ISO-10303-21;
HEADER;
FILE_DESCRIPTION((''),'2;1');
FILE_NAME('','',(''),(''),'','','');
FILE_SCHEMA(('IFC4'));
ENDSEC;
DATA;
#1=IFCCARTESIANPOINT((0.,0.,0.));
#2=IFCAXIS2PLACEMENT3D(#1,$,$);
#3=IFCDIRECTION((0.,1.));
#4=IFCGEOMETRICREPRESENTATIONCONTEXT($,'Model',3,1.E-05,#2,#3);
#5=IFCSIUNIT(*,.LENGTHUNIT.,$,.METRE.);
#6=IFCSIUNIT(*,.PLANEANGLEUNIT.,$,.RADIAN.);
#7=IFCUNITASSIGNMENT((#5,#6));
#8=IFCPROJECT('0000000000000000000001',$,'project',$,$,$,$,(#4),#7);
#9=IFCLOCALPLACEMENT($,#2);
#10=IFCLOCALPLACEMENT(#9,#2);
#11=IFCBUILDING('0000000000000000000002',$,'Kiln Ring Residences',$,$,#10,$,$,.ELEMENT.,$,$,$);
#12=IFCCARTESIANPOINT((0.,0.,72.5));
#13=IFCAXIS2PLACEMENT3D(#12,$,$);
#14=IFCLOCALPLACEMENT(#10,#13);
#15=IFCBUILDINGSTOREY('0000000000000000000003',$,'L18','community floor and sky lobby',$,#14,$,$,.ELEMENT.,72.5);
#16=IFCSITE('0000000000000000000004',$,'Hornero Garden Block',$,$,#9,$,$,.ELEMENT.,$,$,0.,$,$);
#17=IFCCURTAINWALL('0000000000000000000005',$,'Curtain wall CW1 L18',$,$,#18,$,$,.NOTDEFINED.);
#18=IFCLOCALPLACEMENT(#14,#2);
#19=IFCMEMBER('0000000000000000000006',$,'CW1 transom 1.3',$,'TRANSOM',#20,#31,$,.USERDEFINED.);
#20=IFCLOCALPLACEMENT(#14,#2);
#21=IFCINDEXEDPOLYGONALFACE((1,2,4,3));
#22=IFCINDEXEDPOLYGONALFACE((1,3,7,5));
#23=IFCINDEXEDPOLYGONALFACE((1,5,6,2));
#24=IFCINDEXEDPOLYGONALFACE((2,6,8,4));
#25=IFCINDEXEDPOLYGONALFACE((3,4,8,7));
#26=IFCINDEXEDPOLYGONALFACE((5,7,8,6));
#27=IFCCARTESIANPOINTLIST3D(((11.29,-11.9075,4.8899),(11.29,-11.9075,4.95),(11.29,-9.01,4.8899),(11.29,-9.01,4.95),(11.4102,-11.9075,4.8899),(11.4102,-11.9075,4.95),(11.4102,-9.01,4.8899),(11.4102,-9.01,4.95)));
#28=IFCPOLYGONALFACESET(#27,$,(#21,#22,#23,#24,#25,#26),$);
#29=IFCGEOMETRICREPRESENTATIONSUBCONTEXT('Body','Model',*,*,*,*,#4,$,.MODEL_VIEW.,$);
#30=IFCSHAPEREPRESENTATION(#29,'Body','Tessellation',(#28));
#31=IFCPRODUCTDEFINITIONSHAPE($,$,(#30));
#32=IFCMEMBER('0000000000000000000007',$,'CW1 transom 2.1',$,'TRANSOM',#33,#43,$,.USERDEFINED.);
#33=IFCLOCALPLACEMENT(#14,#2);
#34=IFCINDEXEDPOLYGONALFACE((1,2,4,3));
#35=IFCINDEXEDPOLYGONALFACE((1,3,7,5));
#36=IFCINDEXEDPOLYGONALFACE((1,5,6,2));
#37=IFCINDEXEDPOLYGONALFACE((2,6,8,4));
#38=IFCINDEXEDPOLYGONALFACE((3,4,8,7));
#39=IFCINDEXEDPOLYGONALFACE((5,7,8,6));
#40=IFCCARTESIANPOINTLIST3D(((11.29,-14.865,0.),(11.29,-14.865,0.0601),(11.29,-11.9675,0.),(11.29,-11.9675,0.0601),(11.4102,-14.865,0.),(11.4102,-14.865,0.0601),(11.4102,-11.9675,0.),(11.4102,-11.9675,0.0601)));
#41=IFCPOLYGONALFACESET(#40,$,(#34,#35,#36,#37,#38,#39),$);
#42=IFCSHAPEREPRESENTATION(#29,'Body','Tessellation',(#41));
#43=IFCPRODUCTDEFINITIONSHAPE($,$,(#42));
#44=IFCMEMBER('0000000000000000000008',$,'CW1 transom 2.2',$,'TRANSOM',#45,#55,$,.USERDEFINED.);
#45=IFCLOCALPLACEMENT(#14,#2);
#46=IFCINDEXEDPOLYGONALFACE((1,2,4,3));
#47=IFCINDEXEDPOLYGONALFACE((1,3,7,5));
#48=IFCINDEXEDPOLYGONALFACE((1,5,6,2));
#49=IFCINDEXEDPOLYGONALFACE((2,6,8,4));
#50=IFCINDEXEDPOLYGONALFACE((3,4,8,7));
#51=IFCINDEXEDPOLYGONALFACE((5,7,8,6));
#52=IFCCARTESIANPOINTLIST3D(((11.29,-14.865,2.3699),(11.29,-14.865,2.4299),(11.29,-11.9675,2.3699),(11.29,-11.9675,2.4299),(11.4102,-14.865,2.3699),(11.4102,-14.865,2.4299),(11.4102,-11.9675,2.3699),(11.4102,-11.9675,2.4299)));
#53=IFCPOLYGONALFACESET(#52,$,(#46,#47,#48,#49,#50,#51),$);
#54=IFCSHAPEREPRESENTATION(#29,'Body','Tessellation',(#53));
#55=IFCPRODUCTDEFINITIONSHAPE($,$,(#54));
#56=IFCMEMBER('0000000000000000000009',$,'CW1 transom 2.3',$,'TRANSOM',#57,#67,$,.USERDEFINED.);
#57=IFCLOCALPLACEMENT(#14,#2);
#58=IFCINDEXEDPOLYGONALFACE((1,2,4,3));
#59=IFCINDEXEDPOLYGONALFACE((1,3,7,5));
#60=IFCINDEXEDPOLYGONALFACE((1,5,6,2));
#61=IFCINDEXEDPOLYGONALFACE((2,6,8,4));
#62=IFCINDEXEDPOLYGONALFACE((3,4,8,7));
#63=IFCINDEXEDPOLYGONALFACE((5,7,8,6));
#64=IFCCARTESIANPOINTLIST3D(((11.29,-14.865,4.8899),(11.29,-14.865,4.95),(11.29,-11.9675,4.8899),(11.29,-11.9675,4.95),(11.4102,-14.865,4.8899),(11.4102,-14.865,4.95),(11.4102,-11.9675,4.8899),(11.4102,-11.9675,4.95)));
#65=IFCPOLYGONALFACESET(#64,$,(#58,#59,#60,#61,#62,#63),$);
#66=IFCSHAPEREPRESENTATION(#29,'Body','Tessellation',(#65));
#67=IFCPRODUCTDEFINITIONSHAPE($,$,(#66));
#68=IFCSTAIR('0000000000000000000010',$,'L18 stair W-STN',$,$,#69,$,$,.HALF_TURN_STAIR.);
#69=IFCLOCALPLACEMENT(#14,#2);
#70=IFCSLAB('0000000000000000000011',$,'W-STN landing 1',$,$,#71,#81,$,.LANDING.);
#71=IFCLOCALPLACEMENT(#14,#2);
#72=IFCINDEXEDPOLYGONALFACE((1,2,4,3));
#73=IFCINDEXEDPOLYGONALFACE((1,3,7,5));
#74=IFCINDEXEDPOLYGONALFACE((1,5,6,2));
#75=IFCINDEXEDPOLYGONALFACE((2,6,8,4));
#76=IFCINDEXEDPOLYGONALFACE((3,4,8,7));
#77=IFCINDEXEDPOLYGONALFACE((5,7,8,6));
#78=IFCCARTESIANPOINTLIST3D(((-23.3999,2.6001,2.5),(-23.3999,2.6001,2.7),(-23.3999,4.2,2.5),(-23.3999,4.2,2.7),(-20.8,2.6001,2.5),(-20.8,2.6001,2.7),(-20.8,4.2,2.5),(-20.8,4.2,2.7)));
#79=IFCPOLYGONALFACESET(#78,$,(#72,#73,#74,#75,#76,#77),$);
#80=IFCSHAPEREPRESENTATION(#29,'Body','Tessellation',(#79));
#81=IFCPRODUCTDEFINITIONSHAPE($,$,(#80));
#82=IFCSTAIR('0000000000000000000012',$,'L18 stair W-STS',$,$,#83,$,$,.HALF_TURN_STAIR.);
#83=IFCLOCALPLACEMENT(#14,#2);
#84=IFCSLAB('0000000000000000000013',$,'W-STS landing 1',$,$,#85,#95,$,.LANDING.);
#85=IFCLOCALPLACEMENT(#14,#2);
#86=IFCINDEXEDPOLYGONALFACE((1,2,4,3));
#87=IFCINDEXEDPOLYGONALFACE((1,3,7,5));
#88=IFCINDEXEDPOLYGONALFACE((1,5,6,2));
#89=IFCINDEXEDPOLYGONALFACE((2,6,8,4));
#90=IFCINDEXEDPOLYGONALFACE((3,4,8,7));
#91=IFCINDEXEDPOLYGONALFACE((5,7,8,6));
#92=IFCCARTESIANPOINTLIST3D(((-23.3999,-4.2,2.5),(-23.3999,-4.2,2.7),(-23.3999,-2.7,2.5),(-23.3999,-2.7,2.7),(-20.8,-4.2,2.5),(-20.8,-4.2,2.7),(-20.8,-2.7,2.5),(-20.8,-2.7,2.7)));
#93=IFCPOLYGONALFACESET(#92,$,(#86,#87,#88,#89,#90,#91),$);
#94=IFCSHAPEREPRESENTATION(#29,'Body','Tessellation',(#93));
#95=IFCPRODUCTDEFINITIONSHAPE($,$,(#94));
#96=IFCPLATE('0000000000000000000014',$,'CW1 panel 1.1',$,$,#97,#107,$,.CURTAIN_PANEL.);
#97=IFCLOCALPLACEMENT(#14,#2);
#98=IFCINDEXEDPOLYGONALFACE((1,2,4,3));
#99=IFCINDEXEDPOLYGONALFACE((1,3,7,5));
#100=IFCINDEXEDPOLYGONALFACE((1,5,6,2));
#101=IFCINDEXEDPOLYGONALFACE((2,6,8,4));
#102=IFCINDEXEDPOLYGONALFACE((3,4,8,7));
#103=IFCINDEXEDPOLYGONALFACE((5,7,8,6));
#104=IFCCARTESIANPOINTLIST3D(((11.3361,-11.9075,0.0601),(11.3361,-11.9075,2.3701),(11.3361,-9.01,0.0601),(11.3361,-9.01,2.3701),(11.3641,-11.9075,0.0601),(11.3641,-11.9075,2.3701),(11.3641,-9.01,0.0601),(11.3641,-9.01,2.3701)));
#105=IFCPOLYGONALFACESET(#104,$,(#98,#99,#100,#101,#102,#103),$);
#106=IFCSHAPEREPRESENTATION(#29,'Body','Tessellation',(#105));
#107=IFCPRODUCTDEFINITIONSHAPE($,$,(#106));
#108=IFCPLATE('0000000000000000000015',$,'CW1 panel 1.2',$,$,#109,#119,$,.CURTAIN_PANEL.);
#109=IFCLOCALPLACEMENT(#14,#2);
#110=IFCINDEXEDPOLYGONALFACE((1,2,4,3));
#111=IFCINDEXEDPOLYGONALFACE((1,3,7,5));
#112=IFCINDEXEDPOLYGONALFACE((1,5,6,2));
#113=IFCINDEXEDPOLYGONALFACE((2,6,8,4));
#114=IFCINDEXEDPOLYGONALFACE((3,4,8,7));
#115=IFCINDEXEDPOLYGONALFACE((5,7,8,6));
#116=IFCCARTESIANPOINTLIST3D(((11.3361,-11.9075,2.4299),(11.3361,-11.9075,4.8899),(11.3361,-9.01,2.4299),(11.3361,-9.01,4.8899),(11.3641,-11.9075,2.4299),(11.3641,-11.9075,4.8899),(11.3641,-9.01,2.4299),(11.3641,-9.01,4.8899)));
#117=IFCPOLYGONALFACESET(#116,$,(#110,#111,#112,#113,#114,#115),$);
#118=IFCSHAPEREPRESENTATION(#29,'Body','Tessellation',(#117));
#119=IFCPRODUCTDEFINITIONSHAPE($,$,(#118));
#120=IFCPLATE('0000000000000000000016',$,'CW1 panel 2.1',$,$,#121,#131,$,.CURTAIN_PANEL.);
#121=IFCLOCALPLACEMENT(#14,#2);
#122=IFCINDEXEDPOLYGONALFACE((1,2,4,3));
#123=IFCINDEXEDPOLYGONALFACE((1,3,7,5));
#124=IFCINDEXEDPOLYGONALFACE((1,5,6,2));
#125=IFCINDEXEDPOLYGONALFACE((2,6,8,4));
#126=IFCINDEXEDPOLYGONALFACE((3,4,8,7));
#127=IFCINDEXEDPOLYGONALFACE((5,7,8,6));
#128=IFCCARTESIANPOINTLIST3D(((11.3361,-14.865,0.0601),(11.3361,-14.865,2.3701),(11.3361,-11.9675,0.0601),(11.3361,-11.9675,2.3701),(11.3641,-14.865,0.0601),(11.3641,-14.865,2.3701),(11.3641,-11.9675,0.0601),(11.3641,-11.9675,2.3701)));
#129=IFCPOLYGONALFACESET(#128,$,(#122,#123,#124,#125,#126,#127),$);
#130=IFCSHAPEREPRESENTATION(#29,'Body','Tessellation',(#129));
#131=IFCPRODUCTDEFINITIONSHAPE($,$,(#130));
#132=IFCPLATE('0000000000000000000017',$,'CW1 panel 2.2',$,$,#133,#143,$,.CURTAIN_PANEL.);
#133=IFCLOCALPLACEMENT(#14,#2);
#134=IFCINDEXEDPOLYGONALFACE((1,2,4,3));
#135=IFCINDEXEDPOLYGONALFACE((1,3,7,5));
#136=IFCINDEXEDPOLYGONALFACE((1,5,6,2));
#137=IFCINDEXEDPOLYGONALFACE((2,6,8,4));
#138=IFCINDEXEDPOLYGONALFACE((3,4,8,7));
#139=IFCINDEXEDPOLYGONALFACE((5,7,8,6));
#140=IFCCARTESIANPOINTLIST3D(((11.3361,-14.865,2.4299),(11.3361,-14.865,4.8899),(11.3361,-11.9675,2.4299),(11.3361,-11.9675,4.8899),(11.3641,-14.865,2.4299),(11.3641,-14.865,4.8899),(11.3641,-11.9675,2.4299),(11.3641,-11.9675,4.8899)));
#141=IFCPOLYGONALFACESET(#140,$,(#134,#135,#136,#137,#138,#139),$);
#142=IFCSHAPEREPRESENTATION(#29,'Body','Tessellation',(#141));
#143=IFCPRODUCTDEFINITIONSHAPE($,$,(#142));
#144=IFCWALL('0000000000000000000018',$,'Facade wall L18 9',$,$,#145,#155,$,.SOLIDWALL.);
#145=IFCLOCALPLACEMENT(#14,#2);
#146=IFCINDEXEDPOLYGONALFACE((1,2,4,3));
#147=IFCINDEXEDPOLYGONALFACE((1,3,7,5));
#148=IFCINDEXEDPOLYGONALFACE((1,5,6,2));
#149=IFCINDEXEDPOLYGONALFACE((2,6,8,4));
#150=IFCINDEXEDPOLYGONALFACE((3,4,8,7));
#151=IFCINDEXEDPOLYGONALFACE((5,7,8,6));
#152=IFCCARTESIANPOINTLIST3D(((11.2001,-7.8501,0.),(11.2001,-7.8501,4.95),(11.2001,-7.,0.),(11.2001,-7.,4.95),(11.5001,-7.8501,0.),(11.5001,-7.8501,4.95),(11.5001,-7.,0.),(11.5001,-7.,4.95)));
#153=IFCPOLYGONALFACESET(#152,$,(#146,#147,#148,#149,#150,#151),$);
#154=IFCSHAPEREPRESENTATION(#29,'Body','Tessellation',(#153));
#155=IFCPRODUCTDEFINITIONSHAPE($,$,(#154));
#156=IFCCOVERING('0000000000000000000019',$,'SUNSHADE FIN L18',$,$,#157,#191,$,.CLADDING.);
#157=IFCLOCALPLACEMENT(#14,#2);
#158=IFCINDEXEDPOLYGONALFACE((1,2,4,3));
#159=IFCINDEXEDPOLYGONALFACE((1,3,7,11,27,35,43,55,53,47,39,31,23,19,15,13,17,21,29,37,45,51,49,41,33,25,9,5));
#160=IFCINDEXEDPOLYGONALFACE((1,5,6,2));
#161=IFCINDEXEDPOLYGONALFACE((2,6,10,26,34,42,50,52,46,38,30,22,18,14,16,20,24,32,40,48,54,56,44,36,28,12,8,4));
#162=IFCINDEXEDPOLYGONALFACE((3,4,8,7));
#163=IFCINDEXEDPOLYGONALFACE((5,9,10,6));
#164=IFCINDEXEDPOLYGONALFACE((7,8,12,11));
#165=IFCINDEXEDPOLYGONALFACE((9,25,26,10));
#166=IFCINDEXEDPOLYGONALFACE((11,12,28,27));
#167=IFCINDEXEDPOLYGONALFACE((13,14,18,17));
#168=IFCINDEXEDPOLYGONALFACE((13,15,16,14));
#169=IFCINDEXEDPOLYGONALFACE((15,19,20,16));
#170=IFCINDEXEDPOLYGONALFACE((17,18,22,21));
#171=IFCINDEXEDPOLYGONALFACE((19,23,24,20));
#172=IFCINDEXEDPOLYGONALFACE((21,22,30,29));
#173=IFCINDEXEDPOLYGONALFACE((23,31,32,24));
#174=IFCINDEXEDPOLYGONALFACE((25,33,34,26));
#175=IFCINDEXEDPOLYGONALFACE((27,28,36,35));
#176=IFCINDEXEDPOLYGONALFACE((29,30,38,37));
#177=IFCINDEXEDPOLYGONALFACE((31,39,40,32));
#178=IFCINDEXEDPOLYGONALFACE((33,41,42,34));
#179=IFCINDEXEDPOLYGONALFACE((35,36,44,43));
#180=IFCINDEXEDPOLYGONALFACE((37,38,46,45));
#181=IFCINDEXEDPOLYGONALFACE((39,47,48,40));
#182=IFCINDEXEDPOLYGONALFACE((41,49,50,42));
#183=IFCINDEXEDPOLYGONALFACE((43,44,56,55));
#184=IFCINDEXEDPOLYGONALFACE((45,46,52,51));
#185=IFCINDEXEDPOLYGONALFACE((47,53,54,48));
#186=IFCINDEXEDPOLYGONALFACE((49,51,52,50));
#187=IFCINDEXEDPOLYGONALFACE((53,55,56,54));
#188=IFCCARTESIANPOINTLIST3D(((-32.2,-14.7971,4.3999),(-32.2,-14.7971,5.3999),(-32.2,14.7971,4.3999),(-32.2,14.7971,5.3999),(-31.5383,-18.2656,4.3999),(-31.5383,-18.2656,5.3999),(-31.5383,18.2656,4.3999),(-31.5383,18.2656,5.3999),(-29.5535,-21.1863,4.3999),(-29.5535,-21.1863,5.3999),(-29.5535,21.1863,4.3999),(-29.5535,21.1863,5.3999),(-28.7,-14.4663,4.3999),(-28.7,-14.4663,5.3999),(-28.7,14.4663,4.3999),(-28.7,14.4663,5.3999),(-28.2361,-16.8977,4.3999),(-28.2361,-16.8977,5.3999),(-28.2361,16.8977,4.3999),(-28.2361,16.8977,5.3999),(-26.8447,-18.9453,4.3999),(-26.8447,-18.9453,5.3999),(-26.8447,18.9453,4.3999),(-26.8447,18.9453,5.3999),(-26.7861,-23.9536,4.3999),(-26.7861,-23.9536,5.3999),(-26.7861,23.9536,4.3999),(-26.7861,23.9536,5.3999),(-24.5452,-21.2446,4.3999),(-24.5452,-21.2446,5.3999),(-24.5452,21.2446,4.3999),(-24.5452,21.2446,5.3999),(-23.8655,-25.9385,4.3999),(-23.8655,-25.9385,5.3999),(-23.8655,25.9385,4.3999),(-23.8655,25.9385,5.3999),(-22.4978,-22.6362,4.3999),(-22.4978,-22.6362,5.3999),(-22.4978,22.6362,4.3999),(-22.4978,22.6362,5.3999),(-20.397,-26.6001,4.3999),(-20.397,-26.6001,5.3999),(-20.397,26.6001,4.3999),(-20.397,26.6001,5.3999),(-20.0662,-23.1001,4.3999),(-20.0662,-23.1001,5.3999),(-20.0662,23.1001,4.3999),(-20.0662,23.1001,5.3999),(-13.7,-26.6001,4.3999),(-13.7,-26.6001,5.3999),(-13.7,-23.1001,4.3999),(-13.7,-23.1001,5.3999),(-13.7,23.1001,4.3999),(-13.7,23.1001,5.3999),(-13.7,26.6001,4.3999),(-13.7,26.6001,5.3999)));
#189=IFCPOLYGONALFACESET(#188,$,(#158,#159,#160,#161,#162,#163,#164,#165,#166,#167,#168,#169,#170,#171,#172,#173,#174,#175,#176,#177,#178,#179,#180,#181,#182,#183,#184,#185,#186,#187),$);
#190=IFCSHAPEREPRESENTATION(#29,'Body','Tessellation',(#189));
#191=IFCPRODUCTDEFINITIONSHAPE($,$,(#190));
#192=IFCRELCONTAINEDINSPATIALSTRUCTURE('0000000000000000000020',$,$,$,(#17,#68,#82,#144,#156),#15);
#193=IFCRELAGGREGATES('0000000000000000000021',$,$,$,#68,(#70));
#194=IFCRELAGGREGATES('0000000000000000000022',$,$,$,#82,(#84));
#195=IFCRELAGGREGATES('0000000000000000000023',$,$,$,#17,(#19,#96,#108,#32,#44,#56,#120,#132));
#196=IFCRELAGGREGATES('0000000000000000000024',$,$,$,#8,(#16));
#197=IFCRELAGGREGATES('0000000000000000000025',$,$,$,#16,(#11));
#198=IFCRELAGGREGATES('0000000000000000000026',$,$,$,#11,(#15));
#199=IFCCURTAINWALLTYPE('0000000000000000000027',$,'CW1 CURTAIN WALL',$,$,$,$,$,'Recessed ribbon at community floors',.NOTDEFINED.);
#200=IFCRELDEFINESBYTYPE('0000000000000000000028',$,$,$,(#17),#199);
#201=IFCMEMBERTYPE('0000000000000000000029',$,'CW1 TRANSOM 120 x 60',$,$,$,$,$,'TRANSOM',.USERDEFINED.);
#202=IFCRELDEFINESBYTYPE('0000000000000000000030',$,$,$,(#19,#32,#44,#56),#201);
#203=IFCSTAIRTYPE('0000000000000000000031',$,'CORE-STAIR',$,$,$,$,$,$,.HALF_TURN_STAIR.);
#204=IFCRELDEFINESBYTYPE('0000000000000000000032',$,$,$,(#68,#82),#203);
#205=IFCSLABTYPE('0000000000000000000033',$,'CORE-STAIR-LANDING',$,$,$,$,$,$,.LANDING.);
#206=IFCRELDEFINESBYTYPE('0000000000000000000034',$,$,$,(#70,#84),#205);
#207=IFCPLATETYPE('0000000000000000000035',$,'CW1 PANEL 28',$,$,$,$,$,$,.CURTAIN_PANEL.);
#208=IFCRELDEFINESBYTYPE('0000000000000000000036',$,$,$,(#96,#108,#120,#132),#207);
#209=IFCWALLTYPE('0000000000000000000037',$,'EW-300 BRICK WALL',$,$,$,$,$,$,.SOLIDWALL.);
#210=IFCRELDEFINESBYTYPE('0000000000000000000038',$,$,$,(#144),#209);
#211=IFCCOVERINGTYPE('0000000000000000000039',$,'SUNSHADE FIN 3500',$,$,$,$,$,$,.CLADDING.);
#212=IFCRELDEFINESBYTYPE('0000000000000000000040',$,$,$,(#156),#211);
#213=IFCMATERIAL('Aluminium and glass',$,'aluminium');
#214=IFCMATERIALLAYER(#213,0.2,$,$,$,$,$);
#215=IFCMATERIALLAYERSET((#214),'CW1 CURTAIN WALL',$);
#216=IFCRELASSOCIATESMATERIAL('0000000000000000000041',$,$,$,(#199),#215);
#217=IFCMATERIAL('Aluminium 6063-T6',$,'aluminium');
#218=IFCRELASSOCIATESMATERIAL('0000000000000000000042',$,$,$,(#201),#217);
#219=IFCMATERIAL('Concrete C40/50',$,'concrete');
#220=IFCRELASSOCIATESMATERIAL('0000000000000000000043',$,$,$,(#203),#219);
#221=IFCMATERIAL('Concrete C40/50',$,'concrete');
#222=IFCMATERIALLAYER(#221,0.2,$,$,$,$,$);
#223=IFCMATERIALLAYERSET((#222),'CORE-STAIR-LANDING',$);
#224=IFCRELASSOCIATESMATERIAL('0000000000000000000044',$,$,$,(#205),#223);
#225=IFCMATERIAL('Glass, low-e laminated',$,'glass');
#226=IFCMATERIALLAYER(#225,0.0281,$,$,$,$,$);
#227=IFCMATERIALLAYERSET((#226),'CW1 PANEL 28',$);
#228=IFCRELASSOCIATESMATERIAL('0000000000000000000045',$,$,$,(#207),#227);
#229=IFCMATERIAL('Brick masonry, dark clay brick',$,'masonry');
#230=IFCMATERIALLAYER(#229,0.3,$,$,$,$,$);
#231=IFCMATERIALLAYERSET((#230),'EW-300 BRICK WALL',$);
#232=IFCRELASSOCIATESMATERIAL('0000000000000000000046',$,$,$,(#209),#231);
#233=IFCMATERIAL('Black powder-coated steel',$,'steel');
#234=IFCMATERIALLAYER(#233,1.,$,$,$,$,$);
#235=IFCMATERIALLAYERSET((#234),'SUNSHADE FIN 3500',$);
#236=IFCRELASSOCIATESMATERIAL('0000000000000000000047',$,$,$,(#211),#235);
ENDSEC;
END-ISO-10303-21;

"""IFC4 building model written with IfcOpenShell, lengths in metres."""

from ifc_helpers import new_model, si_unit, direction, frame, frame_2d, origin, origin_2d, place, context, subcontext, project, spatial, polyline, rectangle, outline, extrude, material, layer, layer_set, material_profile, profile_set, type_object, element, aggregate, save


model = new_model("IFC4")

# Units and contexts
model_context = context("Model", 3, precision=1e-05, world=origin(), true_north=direction((0.0, 1.0)))
body_context = subcontext(model_context, "Body", "Model", "MODEL_VIEW")
ifc_project = project(units=[si_unit("LENGTHUNIT", "METRE"), si_unit("PLANEANGLEUNIT", "RADIAN")], contexts=[model_context])

# Site, building, storey
site_placement = place(None, origin())
site = spatial("IfcSite", under=ifc_project, at=site_placement, Name="Hornero Garden Block", CompositionType="ELEMENT", RefElevation=0.0)
building_placement = place(site_placement, origin())
building = spatial("IfcBuilding", under=site, at=building_placement, Name="Kiln Ring Residences", CompositionType="ELEMENT")
storey_placement = place(building_placement, frame((0.0, 0.0, 72.5)))
storey = spatial("IfcBuildingStorey", under=building, at=storey_placement, Name="L18", Description="community floor and sky lobby", CompositionType="ELEMENT", Elevation=72.5)

# Shared definitions
ifc_material_1 = material(Name="Aluminium and glass", Category="aluminium")
ifc_layer_1 = layer(ifc_material_1, 0.2)
ifc_layer_set_1 = layer_set([ifc_layer_1], Name="CW1 CURTAIN WALL")
curtain_wall_type = type_object("IfcCurtainWallType", Name="CW1 CURTAIN WALL", ElementType="Recessed ribbon at community floors", PredefinedType="NOTDEFINED", material=ifc_layer_set_1)
placement_1 = place(storey_placement, origin())

# Curtain wall, members
curtain_wall_1 = element("IfcCurtainWall", 1, at=placement_1, inside=storey, type_object=curtain_wall_type, Name="Curtain wall CW1 L18", PredefinedType="NOTDEFINED")
ifc_material_2 = material(Name="Aluminium 6063-T6", Category="aluminium")
ifc_material_profile_1 = material_profile(ifc_material_2, rectangle(XDim=0.1201, YDim=0.0601, at=origin_2d()), Name="AL 120x60")
ifc_profile_set_1 = profile_set([ifc_material_profile_1], Name="Aluminium 6063-T6")
member_type_1 = type_object("IfcMemberType", Name="CW1 TRANSOM 120 x 60", ElementType="TRANSOM", PredefinedType="USERDEFINED", material=ifc_profile_set_1)
member_1_placement = place(storey_placement, frame((11.3501, -9.01, 4.9199), z_axis=(0.0, -1.0, 0.0), x_axis=(1.0, 0.0, 0.0)))
member_1 = element("IfcMember", 2, at=member_1_placement, type_object=member_type_1, Name="CW1 transom 1.3", ObjectType="TRANSOM", PredefinedType="USERDEFINED", context=body_context, shape_type="SweptSolid", body=[
    extrude(rectangle(XDim=0.1201, YDim=0.0601, at=origin_2d()), origin(), (0.0, 0.0, 1.0), 2.8975),
])
member_2_placement = place(storey_placement, frame((11.3501, -11.9675, 0.03), z_axis=(0.0, -1.0, 0.0), x_axis=(1.0, 0.0, 0.0)))
member_2 = element("IfcMember", 3, at=member_2_placement, type_object=member_type_1, Name="CW1 transom 2.1", ObjectType="TRANSOM", PredefinedType="USERDEFINED", context=body_context, shape_type="SweptSolid", body=[
    extrude(rectangle(XDim=0.1201, YDim=0.0601, at=origin_2d()), origin(), (0.0, 0.0, 1.0), 2.8975),
])
member_3_placement = place(storey_placement, frame((11.3501, -11.9675, 2.3999), z_axis=(0.0, -1.0, 0.0), x_axis=(1.0, 0.0, 0.0)))
member_3 = element("IfcMember", 4, at=member_3_placement, type_object=member_type_1, Name="CW1 transom 2.2", ObjectType="TRANSOM", PredefinedType="USERDEFINED", context=body_context, shape_type="SweptSolid", body=[
    extrude(rectangle(XDim=0.1201, YDim=0.0601, at=origin_2d()), origin(), (0.0, 0.0, 1.0), 2.8975),
])
member_4_placement = place(storey_placement, frame((11.3501, -11.9675, 4.9199), z_axis=(0.0, -1.0, 0.0), x_axis=(1.0, 0.0, 0.0)))
member_4 = element("IfcMember", 5, at=member_4_placement, type_object=member_type_1, Name="CW1 transom 2.3", ObjectType="TRANSOM", PredefinedType="USERDEFINED", context=body_context, shape_type="SweptSolid", body=[
    extrude(rectangle(XDim=0.1201, YDim=0.0601, at=origin_2d()), origin(), (0.0, 0.0, 1.0), 2.8975),
])

# Stairs, slabs
ifc_material_3 = material(Name="Concrete C40/50", Category="concrete")
stair_type = type_object("IfcStairType", Name="CORE-STAIR", PredefinedType="HALF_TURN_STAIR", material=ifc_material_3)
stair_1 = element("IfcStair", 6, at=placement_1, inside=storey, type_object=stair_type, Name="L18 stair W-STN", PredefinedType="HALF_TURN_STAIR")
ifc_material_4 = material(Name="Concrete C40/50", Category="concrete")
ifc_layer_2 = layer(ifc_material_4, 0.2)
ifc_layer_set_2 = layer_set([ifc_layer_2], Name="CORE-STAIR-LANDING")
slab_type = type_object("IfcSlabType", Name="CORE-STAIR-LANDING", PredefinedType="LANDING", material=ifc_layer_set_2)
placement_2 = place(storey_placement, frame((0.0, 0.0, 2.5)))
slab_1 = element("IfcSlab", 7, at=placement_2, type_object=slab_type, Name="W-STN landing 1", PredefinedType="LANDING", context=body_context, shape_type="SweptSolid", body=[
    extrude(outline(polyline([(-23.3999, 4.2), (-23.3999, 2.6001), (-20.8, 2.6001), (-20.8, 4.2), (-23.3999, 4.2)])), origin(), (0.0, 0.0, 1.0), 0.2),
])
aggregate(stair_1, [slab_1])
stair_2 = element("IfcStair", 8, at=placement_1, inside=storey, type_object=stair_type, Name="L18 stair W-STS", PredefinedType="HALF_TURN_STAIR")
slab_2 = element("IfcSlab", 9, at=placement_2, type_object=slab_type, Name="W-STS landing 1", PredefinedType="LANDING", context=body_context, shape_type="SweptSolid", body=[
    extrude(outline(polyline([(-20.8, -4.2), (-20.8, -2.7), (-23.3999, -2.7), (-23.3999, -4.2), (-20.8, -4.2)])), origin(), (0.0, 0.0, 1.0), 0.2),
])
aggregate(stair_2, [slab_2])

# Plates
ifc_material_5 = material(Name="Glass, low-e laminated", Category="glass")
ifc_layer_3 = layer(ifc_material_5, 0.0281)
ifc_layer_set_3 = layer_set([ifc_layer_3], Name="CW1 PANEL 28")
plate_type = type_object("IfcPlateType", Name="CW1 PANEL 28", PredefinedType="CURTAIN_PANEL", material=ifc_layer_set_3)
plate_1_placement = place(storey_placement, frame((11.3501, -10.4587, 0.0601), z_axis=(0.0, 0.0, 1.0), x_axis=(0.0, -1.0, 0.0)))
plate_1 = element("IfcPlate", 10, at=plate_1_placement, type_object=plate_type, Name="CW1 panel 1.1", PredefinedType="CURTAIN_PANEL", context=body_context, shape_type="SweptSolid", body=[
    extrude(rectangle(XDim=2.8975, YDim=0.0281, at=origin_2d()), origin(), (0.0, 0.0, 1.0), 2.3101),
])
plate_2_placement = place(storey_placement, frame((11.3501, -10.4587, 2.4299), z_axis=(0.0, 0.0, 1.0), x_axis=(0.0, -1.0, 0.0)))
plate_2 = element("IfcPlate", 11, at=plate_2_placement, type_object=plate_type, Name="CW1 panel 1.2", PredefinedType="CURTAIN_PANEL", context=body_context, shape_type="SweptSolid", body=[
    extrude(rectangle(XDim=2.8975, YDim=0.0281, at=origin_2d()), origin(), (0.0, 0.0, 1.0), 2.46),
])
plate_3_placement = place(storey_placement, frame((11.3501, -13.4163, 0.0601), z_axis=(0.0, 0.0, 1.0), x_axis=(0.0, -1.0, 0.0)))
plate_3 = element("IfcPlate", 12, at=plate_3_placement, type_object=plate_type, Name="CW1 panel 2.1", PredefinedType="CURTAIN_PANEL", context=body_context, shape_type="SweptSolid", body=[
    extrude(rectangle(XDim=2.8975, YDim=0.0281, at=origin_2d()), origin(), (0.0, 0.0, 1.0), 2.3101),
])
plate_4_placement = place(storey_placement, frame((11.3501, -13.4163, 2.4299), z_axis=(0.0, 0.0, 1.0), x_axis=(0.0, -1.0, 0.0)))
plate_4 = element("IfcPlate", 13, at=plate_4_placement, type_object=plate_type, Name="CW1 panel 2.2", PredefinedType="CURTAIN_PANEL", context=body_context, shape_type="SweptSolid", body=[
    extrude(rectangle(XDim=2.8975, YDim=0.0281, at=origin_2d()), origin(), (0.0, 0.0, 1.0), 2.46),
])
aggregate(curtain_wall_1, [member_1, plate_1, plate_2, member_2, member_3, member_4, plate_3, plate_4])

# Wall
ifc_material_6 = material(Name="Brick masonry, dark clay brick", Category="masonry")
ifc_layer_4 = layer(ifc_material_6, 0.3)
ifc_layer_set_4 = layer_set([ifc_layer_4], Name="EW-300 BRICK WALL")
wall_type = type_object("IfcWallType", Name="EW-300 BRICK WALL", PredefinedType="SOLIDWALL", material=ifc_layer_set_4)
wall_placement = place(storey_placement, frame((11.3501, -7.0, 0.0), z_axis=(0.0, 0.0, 1.0), x_axis=(0.0, -1.0, 0.0)))
element("IfcWall", 14, at=wall_placement, inside=storey, type_object=wall_type, Name="Facade wall L18 9", PredefinedType="SOLIDWALL", context=body_context, shape_type="SweptSolid", body=[
    extrude(rectangle(XDim=0.8501, YDim=0.3, at=frame_2d((0.425, 0.0))), origin(), (0.0, 0.0, 1.0), 4.95),
])

# Covering
ifc_material_7 = material(Name="Black powder-coated steel", Category="steel")
ifc_layer_5 = layer(ifc_material_7, 1.0)
ifc_layer_set_5 = layer_set([ifc_layer_5], Name="SUNSHADE FIN 3500")
covering_type = type_object("IfcCoveringType", Name="SUNSHADE FIN 3500", PredefinedType="CLADDING", material=ifc_layer_set_5)
placement_3 = place(storey_placement, frame((0.0, 0.0, 4.3999)))
element("IfcCovering", 15, at=placement_3, inside=storey, type_object=covering_type, Name="SUNSHADE FIN L18", PredefinedType="CLADDING", context=body_context, shape_type="SweptSolid", body=[
    extrude(outline(polyline([(-31.5383, 18.2656), (-32.2, 14.7971), (-32.2, -14.7971), (-31.5383, -18.2656), (-29.5535, -21.1863), (-26.7861, -23.9536), (-23.8655, -25.9385), (-20.397, -26.6001), (-13.7, -26.6001), (-13.7, -23.1001), (-20.0662, -23.1001), (-22.4978, -22.6362), (-24.5452, -21.2446), (-26.8447, -18.9453), (-28.2361, -16.8977), (-28.7, -14.4663), (-28.7, 14.4663), (-28.2361, 16.8977), (-26.8447, 18.9453), (-24.5452, 21.2446), (-22.4978, 22.6362), (-20.0662, 23.1001), (-13.7, 23.1001), (-13.7, 26.6001), (-20.397, 26.6001), (-23.8655, 25.9385), (-26.7861, 23.9536), (-29.5535, 21.1863), (-31.5383, 18.2656)])), origin(), (0.0, 0.0, 1.0), 1.0),
])

save(model, "model.ifc")
